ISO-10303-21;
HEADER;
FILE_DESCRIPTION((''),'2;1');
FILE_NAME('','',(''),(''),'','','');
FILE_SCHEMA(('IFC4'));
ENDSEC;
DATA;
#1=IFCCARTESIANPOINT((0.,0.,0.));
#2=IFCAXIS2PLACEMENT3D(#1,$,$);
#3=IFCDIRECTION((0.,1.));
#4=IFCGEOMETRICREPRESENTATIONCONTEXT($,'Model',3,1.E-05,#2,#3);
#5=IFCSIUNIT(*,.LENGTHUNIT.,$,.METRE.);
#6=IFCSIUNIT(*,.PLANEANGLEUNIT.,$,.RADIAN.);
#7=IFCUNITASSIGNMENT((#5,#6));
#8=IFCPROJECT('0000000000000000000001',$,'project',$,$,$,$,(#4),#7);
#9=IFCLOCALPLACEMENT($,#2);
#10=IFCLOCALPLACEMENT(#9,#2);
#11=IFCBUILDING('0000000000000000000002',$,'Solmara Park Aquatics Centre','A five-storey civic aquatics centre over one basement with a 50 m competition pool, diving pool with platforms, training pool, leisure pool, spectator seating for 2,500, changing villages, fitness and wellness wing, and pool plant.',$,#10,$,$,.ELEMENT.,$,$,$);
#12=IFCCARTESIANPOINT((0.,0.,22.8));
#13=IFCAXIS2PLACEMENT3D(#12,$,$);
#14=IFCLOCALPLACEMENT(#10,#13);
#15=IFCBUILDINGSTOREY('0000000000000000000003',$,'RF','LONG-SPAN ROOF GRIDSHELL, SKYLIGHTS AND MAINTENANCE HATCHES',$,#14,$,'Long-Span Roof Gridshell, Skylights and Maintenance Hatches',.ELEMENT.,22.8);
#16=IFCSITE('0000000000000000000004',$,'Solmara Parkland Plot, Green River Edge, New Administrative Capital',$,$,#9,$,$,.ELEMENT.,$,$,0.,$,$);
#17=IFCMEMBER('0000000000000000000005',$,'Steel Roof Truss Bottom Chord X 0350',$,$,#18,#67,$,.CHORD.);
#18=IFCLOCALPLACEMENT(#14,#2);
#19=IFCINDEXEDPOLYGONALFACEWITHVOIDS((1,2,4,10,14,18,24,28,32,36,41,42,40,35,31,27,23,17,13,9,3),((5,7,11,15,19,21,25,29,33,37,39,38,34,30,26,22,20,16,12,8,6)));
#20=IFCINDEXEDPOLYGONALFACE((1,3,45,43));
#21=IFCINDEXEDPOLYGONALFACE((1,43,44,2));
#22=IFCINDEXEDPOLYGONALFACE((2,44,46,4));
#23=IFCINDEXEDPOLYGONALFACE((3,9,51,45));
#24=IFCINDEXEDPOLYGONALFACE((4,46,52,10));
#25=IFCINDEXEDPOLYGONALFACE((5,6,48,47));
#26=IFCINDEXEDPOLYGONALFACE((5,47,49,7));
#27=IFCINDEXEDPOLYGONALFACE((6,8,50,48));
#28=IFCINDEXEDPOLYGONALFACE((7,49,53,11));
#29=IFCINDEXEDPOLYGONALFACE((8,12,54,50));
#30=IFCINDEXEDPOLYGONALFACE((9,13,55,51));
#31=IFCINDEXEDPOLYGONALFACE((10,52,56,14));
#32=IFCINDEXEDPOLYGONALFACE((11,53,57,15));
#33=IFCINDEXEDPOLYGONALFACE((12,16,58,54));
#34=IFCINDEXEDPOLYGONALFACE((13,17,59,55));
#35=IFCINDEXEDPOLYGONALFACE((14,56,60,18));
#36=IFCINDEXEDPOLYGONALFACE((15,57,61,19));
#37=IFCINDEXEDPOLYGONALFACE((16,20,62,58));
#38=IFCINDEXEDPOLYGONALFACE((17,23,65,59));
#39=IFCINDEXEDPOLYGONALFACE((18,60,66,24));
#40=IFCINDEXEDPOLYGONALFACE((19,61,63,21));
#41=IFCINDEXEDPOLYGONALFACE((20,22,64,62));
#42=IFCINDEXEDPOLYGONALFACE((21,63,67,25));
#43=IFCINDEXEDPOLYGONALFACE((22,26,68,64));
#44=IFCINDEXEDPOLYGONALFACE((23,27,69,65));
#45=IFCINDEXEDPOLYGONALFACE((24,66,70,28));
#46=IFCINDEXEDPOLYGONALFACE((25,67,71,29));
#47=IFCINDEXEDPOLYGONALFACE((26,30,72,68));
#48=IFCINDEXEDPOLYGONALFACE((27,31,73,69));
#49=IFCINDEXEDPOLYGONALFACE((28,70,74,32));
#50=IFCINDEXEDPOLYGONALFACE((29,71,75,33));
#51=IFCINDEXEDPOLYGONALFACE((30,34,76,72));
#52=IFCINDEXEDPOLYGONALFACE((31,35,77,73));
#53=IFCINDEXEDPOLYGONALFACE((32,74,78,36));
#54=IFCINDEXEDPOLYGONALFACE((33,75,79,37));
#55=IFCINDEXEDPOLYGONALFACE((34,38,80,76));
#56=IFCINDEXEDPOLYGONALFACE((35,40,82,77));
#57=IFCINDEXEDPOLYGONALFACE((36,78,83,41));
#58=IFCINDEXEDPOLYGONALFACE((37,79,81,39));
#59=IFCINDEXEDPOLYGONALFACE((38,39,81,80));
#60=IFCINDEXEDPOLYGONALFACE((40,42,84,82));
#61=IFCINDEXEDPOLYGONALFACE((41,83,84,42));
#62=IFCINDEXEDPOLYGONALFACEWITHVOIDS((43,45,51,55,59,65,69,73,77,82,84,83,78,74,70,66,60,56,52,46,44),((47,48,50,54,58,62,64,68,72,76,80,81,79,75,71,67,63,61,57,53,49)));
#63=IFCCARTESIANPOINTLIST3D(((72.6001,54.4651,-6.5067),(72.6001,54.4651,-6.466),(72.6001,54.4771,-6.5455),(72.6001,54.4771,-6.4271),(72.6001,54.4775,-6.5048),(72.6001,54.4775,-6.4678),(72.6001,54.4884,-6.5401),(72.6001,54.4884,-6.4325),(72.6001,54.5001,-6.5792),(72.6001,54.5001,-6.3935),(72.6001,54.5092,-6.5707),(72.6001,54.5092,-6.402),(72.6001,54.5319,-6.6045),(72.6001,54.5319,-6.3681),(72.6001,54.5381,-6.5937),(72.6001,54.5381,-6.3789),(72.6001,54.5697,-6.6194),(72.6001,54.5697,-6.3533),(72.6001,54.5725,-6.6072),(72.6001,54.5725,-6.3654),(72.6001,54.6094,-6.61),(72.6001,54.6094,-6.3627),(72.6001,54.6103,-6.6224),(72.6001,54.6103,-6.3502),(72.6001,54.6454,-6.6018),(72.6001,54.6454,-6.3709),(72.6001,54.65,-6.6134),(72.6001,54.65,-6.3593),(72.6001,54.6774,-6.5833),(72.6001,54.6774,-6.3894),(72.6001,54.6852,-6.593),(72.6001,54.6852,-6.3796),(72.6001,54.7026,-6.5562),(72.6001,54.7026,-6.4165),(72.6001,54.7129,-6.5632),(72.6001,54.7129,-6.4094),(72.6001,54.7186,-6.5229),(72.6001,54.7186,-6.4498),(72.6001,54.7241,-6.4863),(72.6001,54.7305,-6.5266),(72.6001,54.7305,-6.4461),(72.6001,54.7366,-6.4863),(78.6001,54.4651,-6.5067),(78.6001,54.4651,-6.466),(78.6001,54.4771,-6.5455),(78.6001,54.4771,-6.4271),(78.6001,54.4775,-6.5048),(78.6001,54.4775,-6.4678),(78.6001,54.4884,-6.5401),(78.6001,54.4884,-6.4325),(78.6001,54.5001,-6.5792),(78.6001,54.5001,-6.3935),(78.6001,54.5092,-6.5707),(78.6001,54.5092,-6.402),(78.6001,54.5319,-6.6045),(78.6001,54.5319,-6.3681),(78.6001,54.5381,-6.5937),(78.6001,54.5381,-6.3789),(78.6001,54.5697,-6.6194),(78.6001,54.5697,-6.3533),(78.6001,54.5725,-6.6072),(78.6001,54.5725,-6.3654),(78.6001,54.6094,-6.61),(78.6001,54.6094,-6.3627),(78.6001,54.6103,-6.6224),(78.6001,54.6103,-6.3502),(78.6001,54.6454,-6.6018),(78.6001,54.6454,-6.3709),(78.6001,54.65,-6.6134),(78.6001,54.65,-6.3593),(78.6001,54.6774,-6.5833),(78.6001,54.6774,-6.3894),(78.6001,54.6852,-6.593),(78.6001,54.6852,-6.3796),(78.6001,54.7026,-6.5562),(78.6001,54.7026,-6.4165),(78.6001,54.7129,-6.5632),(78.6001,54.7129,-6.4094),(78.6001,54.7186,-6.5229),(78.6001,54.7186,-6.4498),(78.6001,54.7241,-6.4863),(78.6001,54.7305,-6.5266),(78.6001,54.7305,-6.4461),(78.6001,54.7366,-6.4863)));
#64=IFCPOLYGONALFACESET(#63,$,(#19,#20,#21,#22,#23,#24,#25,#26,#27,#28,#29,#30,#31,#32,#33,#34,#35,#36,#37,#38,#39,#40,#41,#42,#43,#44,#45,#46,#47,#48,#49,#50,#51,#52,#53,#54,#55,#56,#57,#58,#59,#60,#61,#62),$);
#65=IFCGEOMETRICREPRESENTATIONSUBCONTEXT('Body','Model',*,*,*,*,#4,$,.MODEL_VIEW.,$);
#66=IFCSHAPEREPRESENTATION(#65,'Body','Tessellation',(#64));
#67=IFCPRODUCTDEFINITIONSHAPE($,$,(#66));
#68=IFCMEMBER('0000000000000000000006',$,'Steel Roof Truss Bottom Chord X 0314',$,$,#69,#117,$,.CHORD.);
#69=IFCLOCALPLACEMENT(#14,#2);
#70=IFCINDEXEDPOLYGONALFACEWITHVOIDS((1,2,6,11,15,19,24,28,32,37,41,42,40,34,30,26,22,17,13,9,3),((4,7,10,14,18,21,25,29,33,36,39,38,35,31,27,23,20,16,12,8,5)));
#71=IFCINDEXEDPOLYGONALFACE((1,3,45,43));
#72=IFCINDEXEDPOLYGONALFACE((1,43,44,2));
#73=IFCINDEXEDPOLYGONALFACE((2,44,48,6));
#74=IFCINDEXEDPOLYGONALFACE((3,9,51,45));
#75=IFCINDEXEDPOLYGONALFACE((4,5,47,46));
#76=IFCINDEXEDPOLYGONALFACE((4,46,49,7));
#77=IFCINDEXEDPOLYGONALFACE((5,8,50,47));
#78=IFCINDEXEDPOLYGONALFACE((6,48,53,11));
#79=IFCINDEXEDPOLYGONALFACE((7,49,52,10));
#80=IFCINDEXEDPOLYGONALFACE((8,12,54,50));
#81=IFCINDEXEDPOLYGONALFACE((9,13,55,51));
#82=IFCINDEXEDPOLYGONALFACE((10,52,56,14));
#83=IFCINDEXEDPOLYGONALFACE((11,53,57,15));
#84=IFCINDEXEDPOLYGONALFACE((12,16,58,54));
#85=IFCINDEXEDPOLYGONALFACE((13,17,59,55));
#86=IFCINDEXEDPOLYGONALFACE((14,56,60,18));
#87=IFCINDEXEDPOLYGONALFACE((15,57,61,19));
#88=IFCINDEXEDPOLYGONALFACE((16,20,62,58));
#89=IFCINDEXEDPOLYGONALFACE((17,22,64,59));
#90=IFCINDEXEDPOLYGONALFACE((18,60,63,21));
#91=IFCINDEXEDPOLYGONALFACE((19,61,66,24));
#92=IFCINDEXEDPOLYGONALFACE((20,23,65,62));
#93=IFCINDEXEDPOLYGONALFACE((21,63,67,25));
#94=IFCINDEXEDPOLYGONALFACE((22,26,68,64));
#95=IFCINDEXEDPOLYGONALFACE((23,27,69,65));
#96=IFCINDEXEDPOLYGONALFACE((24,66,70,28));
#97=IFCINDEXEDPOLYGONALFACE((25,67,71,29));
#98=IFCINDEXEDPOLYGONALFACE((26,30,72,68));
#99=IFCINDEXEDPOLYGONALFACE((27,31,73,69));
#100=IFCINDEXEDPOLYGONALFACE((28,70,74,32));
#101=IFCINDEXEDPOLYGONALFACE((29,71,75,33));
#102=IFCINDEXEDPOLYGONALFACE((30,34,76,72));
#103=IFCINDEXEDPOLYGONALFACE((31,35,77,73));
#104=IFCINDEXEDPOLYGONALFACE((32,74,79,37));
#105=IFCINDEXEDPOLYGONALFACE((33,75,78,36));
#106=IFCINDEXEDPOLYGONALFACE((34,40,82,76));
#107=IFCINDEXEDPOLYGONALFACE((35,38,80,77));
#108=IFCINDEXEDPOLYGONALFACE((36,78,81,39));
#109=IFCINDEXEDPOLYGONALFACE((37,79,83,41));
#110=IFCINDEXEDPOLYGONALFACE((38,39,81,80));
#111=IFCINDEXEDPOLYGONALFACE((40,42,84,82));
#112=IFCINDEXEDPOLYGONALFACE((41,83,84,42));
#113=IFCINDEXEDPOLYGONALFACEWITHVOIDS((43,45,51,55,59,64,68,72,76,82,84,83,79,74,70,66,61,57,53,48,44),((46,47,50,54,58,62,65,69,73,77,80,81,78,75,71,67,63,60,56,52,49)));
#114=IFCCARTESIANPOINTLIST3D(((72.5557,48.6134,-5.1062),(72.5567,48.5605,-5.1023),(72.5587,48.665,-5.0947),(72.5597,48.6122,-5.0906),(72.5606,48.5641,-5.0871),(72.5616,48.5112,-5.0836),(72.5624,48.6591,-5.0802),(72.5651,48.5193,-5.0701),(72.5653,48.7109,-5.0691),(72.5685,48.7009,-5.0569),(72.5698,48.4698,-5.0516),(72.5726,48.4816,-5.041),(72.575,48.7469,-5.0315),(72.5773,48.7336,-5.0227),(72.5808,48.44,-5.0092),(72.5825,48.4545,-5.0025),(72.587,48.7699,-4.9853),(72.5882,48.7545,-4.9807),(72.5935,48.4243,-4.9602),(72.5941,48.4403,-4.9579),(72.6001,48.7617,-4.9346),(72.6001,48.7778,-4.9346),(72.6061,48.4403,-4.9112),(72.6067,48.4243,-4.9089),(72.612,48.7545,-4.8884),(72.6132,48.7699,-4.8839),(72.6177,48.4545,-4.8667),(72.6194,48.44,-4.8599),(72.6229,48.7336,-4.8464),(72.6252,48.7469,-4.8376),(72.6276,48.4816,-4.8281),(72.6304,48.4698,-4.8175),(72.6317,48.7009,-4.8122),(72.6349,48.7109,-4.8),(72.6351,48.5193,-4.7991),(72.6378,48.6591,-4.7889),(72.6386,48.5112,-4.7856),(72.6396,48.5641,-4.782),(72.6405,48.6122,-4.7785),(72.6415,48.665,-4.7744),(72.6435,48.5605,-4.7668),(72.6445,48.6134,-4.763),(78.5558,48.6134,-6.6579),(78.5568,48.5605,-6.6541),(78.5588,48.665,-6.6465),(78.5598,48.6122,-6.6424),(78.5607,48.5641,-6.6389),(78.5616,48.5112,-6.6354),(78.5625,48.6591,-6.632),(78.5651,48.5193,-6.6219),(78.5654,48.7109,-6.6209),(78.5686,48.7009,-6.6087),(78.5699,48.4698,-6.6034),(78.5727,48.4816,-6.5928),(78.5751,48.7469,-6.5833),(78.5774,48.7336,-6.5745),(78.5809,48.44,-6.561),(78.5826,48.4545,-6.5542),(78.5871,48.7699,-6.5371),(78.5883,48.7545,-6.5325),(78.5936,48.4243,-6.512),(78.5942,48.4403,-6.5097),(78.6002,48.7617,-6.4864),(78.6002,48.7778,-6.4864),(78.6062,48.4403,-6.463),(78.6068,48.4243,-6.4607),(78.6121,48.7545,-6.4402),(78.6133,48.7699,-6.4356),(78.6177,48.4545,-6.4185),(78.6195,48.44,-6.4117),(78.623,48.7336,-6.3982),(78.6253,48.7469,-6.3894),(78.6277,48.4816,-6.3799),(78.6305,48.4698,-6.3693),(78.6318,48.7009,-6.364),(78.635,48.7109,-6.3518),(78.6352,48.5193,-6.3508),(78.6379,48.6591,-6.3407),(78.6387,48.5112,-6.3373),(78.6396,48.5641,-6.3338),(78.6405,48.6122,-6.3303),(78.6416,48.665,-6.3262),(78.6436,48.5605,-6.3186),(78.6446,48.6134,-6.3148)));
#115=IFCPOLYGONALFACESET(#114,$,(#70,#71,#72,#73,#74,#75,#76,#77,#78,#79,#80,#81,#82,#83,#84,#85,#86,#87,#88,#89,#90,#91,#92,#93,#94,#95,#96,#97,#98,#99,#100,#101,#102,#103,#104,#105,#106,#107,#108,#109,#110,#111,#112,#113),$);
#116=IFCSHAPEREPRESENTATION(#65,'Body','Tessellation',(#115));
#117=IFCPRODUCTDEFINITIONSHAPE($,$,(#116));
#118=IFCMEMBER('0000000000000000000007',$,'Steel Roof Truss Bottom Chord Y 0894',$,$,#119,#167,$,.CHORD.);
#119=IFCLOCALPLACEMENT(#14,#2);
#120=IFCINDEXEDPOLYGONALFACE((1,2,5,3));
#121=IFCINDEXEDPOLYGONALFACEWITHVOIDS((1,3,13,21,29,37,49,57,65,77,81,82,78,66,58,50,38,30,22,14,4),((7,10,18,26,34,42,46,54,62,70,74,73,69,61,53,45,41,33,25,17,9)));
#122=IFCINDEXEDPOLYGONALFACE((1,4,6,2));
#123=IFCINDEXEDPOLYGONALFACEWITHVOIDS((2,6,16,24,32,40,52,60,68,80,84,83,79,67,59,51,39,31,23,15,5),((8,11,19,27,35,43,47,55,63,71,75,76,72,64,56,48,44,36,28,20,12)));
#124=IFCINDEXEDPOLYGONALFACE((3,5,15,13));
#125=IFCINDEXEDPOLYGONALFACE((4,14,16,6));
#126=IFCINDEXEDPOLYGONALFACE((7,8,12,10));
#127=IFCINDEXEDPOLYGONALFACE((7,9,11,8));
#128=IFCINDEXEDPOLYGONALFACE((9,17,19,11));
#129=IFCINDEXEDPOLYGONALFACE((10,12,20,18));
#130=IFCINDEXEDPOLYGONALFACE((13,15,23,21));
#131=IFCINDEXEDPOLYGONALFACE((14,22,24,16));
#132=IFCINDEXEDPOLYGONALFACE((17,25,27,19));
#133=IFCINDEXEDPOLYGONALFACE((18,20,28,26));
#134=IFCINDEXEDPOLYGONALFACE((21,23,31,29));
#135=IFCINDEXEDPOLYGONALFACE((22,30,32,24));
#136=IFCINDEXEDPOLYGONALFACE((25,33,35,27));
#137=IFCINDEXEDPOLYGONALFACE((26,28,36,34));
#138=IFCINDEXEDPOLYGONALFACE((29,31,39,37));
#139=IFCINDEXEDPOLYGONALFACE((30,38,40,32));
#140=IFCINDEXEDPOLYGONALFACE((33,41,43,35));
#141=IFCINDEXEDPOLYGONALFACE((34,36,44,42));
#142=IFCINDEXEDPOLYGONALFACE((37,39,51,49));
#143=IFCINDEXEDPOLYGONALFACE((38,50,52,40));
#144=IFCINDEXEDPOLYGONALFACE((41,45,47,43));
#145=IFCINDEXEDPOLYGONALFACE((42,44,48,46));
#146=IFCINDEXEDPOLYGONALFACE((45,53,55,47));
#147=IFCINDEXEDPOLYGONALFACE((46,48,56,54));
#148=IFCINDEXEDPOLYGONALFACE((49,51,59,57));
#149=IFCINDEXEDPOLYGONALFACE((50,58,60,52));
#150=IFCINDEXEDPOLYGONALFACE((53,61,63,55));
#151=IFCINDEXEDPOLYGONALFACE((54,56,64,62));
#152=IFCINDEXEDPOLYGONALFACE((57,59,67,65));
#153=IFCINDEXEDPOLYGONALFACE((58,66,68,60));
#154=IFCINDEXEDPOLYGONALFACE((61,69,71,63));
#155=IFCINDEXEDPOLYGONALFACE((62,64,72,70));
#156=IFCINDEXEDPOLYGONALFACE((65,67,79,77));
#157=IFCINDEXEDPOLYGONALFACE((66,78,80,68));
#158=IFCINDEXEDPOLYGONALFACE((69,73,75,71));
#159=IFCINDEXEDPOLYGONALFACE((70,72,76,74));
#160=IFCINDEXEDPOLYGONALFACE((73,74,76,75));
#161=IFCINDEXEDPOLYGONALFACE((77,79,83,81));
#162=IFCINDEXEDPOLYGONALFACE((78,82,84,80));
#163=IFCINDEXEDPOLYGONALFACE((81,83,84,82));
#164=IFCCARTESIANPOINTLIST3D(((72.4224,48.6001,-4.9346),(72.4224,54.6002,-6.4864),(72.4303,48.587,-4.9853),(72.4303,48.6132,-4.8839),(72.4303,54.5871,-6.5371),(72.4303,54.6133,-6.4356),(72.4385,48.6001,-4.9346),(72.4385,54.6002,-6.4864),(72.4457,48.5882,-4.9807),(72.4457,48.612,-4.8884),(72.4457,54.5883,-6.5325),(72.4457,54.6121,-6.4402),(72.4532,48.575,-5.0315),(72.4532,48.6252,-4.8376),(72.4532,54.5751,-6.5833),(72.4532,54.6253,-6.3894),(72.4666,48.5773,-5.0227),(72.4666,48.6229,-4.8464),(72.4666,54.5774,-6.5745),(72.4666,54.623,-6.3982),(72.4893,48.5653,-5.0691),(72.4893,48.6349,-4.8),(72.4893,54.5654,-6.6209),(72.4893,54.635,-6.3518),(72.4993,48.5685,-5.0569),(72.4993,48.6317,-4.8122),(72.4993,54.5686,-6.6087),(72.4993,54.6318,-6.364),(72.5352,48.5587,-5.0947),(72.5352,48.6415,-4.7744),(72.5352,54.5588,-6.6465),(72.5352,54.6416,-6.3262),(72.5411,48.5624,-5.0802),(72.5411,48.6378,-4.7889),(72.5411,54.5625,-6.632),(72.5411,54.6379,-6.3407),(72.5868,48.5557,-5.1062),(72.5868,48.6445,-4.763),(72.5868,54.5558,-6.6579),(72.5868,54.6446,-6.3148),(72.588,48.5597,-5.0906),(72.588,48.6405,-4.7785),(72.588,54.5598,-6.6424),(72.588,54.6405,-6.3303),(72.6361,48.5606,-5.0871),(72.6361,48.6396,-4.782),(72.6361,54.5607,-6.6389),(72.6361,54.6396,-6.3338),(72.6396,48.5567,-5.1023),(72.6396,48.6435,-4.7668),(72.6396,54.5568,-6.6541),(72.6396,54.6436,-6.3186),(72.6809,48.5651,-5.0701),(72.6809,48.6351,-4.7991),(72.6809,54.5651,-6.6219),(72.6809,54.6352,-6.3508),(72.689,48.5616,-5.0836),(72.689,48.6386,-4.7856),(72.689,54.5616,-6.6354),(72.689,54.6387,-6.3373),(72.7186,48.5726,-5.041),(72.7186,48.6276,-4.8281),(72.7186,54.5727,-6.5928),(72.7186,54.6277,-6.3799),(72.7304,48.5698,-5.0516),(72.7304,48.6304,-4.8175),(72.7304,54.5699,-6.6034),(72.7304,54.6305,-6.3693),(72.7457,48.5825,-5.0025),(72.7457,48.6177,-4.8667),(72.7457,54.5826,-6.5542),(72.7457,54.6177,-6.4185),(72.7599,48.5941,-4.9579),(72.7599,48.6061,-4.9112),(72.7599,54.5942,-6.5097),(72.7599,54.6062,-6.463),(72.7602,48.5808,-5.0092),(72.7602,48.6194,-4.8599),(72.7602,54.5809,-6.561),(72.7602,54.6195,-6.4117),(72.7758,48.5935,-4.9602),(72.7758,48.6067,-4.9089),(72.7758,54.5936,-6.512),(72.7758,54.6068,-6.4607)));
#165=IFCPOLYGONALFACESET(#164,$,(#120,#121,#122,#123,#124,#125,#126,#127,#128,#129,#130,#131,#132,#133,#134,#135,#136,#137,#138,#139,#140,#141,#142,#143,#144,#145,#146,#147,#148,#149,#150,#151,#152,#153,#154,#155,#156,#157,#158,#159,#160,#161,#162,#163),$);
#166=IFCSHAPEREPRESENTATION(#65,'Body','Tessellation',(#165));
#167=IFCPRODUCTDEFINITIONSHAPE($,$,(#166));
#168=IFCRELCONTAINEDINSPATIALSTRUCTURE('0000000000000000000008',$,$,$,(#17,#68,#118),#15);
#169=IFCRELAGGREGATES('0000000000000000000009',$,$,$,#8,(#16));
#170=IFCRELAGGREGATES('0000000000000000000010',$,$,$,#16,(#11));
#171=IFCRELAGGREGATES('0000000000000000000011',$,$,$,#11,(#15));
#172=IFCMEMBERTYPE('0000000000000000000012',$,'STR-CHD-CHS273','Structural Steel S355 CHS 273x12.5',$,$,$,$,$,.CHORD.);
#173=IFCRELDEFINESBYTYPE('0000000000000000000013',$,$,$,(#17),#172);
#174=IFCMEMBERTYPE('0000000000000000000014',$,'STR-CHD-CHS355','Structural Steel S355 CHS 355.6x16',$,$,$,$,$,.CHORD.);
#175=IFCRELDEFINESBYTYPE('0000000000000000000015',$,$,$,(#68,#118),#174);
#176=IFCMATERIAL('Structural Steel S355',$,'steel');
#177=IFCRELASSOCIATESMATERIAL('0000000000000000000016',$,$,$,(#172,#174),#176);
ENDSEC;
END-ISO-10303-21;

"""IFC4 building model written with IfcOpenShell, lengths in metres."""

from ifc_helpers import new_model, si_unit, direction, frame, origin, origin_2d, place, context, subcontext, project, spatial, hollow_circle, extrude, material, material_profile, profile_set, type_object, element, save


model = new_model("IFC4")

# Units and contexts
model_context = context("Model", 3, precision=1e-05, world=origin(), true_north=direction((0.0, 1.0)))
body_context = subcontext(model_context, "Body", "Model", "MODEL_VIEW")
ifc_project = project(units=[si_unit("LENGTHUNIT", "METRE"), si_unit("PLANEANGLEUNIT", "RADIAN")], contexts=[model_context])

# Site, building, storey
site_placement = place(None, origin())
site = spatial("IfcSite", under=ifc_project, at=site_placement, Name="Solmara Parkland Plot, Green River Edge, New Administrative Capital", CompositionType="ELEMENT", RefElevation=0.0)
building_placement = place(site_placement, origin())
building = spatial("IfcBuilding", under=site, at=building_placement, Name="Solmara Park Aquatics Centre", Description="A five-storey civic aquatics centre over one basement with a 50 m competition pool, diving pool with platforms, training pool, leisure pool, spectator seating for 2,500, changing villages, fitness and wellness wing, and pool plant.", CompositionType="ELEMENT")
storey_placement = place(building_placement, frame((0.0, 0.0, 22.8)))
storey = spatial("IfcBuildingStorey", under=building, at=storey_placement, Name="RF", Description="LONG-SPAN ROOF GRIDSHELL, SKYLIGHTS AND MAINTENANCE HATCHES", LongName="Long-Span Roof Gridshell, Skylights and Maintenance Hatches", CompositionType="ELEMENT", Elevation=22.8)

# Members
ifc_material_1 = material(Name="Structural Steel S355", Category="steel")
ifc_material_profile_1 = material_profile(ifc_material_1, hollow_circle(Radius=0.1365, WallThickness=0.0125, at=origin_2d()), Name="CHS 273x12.5")
ifc_profile_set_1 = profile_set([ifc_material_profile_1], Name="Structural Steel S355")
member_type_1 = type_object("IfcMemberType", Name="STR-CHD-CHS273", Description="Structural Steel S355 CHS 273x12.5", PredefinedType="CHORD", material=ifc_profile_set_1)
member_1_placement = place(storey_placement, frame((72.6001, 54.6001, -6.4863), z_axis=(1.0, 0.0, 0.0), x_axis=(0.0, 1.0, 0.0)))
element("IfcMember", 1, at=member_1_placement, inside=storey, type_object=member_type_1, Name="Steel Roof Truss Bottom Chord X 0350", PredefinedType="CHORD", context=body_context, shape_type="SweptSolid", body=[
    extrude(hollow_circle(Radius=0.1365, WallThickness=0.0125, at=origin_2d()), origin(), (0.0, 0.0, 1.0), 6.0),
])
ifc_material_profile_2 = material_profile(ifc_material_1, hollow_circle(Radius=0.1777, WallThickness=0.0161, at=origin_2d()), Name="CHS 355.6x16")
ifc_profile_set_2 = profile_set([ifc_material_profile_2], Name="Structural Steel S355")
member_type_2 = type_object("IfcMemberType", Name="STR-CHD-CHS355", Description="Structural Steel S355 CHS 355.6x16", PredefinedType="CHORD", material=ifc_profile_set_2)
for number, where, z_axis, x_axis, name in (
    (2, (72.6001, 48.6001, -4.9346), (0.968146, 0.0, -0.250388), (0.0, 1.0, 0.0), "Steel Roof Truss Bottom Chord X 0314"),
    (3, (72.6001, 48.6001, -4.9346), (0.0, 0.968146, -0.250388), (-1.0, 0.0, 0.0), "Steel Roof Truss Bottom Chord Y 0894"),
):
    element("IfcMember", number, at=place(storey_placement, frame(where, z_axis=z_axis, x_axis=x_axis)), inside=storey, type_object=member_type_2, Name=name, PredefinedType="CHORD", context=body_context, shape_type="SweptSolid", body=[
        extrude(hollow_circle(Radius=0.1777, WallThickness=0.0161, at=origin_2d()), origin(), (0.0, 0.0, 1.0), 6.1975),
    ])

save(model, "model.ifc")
